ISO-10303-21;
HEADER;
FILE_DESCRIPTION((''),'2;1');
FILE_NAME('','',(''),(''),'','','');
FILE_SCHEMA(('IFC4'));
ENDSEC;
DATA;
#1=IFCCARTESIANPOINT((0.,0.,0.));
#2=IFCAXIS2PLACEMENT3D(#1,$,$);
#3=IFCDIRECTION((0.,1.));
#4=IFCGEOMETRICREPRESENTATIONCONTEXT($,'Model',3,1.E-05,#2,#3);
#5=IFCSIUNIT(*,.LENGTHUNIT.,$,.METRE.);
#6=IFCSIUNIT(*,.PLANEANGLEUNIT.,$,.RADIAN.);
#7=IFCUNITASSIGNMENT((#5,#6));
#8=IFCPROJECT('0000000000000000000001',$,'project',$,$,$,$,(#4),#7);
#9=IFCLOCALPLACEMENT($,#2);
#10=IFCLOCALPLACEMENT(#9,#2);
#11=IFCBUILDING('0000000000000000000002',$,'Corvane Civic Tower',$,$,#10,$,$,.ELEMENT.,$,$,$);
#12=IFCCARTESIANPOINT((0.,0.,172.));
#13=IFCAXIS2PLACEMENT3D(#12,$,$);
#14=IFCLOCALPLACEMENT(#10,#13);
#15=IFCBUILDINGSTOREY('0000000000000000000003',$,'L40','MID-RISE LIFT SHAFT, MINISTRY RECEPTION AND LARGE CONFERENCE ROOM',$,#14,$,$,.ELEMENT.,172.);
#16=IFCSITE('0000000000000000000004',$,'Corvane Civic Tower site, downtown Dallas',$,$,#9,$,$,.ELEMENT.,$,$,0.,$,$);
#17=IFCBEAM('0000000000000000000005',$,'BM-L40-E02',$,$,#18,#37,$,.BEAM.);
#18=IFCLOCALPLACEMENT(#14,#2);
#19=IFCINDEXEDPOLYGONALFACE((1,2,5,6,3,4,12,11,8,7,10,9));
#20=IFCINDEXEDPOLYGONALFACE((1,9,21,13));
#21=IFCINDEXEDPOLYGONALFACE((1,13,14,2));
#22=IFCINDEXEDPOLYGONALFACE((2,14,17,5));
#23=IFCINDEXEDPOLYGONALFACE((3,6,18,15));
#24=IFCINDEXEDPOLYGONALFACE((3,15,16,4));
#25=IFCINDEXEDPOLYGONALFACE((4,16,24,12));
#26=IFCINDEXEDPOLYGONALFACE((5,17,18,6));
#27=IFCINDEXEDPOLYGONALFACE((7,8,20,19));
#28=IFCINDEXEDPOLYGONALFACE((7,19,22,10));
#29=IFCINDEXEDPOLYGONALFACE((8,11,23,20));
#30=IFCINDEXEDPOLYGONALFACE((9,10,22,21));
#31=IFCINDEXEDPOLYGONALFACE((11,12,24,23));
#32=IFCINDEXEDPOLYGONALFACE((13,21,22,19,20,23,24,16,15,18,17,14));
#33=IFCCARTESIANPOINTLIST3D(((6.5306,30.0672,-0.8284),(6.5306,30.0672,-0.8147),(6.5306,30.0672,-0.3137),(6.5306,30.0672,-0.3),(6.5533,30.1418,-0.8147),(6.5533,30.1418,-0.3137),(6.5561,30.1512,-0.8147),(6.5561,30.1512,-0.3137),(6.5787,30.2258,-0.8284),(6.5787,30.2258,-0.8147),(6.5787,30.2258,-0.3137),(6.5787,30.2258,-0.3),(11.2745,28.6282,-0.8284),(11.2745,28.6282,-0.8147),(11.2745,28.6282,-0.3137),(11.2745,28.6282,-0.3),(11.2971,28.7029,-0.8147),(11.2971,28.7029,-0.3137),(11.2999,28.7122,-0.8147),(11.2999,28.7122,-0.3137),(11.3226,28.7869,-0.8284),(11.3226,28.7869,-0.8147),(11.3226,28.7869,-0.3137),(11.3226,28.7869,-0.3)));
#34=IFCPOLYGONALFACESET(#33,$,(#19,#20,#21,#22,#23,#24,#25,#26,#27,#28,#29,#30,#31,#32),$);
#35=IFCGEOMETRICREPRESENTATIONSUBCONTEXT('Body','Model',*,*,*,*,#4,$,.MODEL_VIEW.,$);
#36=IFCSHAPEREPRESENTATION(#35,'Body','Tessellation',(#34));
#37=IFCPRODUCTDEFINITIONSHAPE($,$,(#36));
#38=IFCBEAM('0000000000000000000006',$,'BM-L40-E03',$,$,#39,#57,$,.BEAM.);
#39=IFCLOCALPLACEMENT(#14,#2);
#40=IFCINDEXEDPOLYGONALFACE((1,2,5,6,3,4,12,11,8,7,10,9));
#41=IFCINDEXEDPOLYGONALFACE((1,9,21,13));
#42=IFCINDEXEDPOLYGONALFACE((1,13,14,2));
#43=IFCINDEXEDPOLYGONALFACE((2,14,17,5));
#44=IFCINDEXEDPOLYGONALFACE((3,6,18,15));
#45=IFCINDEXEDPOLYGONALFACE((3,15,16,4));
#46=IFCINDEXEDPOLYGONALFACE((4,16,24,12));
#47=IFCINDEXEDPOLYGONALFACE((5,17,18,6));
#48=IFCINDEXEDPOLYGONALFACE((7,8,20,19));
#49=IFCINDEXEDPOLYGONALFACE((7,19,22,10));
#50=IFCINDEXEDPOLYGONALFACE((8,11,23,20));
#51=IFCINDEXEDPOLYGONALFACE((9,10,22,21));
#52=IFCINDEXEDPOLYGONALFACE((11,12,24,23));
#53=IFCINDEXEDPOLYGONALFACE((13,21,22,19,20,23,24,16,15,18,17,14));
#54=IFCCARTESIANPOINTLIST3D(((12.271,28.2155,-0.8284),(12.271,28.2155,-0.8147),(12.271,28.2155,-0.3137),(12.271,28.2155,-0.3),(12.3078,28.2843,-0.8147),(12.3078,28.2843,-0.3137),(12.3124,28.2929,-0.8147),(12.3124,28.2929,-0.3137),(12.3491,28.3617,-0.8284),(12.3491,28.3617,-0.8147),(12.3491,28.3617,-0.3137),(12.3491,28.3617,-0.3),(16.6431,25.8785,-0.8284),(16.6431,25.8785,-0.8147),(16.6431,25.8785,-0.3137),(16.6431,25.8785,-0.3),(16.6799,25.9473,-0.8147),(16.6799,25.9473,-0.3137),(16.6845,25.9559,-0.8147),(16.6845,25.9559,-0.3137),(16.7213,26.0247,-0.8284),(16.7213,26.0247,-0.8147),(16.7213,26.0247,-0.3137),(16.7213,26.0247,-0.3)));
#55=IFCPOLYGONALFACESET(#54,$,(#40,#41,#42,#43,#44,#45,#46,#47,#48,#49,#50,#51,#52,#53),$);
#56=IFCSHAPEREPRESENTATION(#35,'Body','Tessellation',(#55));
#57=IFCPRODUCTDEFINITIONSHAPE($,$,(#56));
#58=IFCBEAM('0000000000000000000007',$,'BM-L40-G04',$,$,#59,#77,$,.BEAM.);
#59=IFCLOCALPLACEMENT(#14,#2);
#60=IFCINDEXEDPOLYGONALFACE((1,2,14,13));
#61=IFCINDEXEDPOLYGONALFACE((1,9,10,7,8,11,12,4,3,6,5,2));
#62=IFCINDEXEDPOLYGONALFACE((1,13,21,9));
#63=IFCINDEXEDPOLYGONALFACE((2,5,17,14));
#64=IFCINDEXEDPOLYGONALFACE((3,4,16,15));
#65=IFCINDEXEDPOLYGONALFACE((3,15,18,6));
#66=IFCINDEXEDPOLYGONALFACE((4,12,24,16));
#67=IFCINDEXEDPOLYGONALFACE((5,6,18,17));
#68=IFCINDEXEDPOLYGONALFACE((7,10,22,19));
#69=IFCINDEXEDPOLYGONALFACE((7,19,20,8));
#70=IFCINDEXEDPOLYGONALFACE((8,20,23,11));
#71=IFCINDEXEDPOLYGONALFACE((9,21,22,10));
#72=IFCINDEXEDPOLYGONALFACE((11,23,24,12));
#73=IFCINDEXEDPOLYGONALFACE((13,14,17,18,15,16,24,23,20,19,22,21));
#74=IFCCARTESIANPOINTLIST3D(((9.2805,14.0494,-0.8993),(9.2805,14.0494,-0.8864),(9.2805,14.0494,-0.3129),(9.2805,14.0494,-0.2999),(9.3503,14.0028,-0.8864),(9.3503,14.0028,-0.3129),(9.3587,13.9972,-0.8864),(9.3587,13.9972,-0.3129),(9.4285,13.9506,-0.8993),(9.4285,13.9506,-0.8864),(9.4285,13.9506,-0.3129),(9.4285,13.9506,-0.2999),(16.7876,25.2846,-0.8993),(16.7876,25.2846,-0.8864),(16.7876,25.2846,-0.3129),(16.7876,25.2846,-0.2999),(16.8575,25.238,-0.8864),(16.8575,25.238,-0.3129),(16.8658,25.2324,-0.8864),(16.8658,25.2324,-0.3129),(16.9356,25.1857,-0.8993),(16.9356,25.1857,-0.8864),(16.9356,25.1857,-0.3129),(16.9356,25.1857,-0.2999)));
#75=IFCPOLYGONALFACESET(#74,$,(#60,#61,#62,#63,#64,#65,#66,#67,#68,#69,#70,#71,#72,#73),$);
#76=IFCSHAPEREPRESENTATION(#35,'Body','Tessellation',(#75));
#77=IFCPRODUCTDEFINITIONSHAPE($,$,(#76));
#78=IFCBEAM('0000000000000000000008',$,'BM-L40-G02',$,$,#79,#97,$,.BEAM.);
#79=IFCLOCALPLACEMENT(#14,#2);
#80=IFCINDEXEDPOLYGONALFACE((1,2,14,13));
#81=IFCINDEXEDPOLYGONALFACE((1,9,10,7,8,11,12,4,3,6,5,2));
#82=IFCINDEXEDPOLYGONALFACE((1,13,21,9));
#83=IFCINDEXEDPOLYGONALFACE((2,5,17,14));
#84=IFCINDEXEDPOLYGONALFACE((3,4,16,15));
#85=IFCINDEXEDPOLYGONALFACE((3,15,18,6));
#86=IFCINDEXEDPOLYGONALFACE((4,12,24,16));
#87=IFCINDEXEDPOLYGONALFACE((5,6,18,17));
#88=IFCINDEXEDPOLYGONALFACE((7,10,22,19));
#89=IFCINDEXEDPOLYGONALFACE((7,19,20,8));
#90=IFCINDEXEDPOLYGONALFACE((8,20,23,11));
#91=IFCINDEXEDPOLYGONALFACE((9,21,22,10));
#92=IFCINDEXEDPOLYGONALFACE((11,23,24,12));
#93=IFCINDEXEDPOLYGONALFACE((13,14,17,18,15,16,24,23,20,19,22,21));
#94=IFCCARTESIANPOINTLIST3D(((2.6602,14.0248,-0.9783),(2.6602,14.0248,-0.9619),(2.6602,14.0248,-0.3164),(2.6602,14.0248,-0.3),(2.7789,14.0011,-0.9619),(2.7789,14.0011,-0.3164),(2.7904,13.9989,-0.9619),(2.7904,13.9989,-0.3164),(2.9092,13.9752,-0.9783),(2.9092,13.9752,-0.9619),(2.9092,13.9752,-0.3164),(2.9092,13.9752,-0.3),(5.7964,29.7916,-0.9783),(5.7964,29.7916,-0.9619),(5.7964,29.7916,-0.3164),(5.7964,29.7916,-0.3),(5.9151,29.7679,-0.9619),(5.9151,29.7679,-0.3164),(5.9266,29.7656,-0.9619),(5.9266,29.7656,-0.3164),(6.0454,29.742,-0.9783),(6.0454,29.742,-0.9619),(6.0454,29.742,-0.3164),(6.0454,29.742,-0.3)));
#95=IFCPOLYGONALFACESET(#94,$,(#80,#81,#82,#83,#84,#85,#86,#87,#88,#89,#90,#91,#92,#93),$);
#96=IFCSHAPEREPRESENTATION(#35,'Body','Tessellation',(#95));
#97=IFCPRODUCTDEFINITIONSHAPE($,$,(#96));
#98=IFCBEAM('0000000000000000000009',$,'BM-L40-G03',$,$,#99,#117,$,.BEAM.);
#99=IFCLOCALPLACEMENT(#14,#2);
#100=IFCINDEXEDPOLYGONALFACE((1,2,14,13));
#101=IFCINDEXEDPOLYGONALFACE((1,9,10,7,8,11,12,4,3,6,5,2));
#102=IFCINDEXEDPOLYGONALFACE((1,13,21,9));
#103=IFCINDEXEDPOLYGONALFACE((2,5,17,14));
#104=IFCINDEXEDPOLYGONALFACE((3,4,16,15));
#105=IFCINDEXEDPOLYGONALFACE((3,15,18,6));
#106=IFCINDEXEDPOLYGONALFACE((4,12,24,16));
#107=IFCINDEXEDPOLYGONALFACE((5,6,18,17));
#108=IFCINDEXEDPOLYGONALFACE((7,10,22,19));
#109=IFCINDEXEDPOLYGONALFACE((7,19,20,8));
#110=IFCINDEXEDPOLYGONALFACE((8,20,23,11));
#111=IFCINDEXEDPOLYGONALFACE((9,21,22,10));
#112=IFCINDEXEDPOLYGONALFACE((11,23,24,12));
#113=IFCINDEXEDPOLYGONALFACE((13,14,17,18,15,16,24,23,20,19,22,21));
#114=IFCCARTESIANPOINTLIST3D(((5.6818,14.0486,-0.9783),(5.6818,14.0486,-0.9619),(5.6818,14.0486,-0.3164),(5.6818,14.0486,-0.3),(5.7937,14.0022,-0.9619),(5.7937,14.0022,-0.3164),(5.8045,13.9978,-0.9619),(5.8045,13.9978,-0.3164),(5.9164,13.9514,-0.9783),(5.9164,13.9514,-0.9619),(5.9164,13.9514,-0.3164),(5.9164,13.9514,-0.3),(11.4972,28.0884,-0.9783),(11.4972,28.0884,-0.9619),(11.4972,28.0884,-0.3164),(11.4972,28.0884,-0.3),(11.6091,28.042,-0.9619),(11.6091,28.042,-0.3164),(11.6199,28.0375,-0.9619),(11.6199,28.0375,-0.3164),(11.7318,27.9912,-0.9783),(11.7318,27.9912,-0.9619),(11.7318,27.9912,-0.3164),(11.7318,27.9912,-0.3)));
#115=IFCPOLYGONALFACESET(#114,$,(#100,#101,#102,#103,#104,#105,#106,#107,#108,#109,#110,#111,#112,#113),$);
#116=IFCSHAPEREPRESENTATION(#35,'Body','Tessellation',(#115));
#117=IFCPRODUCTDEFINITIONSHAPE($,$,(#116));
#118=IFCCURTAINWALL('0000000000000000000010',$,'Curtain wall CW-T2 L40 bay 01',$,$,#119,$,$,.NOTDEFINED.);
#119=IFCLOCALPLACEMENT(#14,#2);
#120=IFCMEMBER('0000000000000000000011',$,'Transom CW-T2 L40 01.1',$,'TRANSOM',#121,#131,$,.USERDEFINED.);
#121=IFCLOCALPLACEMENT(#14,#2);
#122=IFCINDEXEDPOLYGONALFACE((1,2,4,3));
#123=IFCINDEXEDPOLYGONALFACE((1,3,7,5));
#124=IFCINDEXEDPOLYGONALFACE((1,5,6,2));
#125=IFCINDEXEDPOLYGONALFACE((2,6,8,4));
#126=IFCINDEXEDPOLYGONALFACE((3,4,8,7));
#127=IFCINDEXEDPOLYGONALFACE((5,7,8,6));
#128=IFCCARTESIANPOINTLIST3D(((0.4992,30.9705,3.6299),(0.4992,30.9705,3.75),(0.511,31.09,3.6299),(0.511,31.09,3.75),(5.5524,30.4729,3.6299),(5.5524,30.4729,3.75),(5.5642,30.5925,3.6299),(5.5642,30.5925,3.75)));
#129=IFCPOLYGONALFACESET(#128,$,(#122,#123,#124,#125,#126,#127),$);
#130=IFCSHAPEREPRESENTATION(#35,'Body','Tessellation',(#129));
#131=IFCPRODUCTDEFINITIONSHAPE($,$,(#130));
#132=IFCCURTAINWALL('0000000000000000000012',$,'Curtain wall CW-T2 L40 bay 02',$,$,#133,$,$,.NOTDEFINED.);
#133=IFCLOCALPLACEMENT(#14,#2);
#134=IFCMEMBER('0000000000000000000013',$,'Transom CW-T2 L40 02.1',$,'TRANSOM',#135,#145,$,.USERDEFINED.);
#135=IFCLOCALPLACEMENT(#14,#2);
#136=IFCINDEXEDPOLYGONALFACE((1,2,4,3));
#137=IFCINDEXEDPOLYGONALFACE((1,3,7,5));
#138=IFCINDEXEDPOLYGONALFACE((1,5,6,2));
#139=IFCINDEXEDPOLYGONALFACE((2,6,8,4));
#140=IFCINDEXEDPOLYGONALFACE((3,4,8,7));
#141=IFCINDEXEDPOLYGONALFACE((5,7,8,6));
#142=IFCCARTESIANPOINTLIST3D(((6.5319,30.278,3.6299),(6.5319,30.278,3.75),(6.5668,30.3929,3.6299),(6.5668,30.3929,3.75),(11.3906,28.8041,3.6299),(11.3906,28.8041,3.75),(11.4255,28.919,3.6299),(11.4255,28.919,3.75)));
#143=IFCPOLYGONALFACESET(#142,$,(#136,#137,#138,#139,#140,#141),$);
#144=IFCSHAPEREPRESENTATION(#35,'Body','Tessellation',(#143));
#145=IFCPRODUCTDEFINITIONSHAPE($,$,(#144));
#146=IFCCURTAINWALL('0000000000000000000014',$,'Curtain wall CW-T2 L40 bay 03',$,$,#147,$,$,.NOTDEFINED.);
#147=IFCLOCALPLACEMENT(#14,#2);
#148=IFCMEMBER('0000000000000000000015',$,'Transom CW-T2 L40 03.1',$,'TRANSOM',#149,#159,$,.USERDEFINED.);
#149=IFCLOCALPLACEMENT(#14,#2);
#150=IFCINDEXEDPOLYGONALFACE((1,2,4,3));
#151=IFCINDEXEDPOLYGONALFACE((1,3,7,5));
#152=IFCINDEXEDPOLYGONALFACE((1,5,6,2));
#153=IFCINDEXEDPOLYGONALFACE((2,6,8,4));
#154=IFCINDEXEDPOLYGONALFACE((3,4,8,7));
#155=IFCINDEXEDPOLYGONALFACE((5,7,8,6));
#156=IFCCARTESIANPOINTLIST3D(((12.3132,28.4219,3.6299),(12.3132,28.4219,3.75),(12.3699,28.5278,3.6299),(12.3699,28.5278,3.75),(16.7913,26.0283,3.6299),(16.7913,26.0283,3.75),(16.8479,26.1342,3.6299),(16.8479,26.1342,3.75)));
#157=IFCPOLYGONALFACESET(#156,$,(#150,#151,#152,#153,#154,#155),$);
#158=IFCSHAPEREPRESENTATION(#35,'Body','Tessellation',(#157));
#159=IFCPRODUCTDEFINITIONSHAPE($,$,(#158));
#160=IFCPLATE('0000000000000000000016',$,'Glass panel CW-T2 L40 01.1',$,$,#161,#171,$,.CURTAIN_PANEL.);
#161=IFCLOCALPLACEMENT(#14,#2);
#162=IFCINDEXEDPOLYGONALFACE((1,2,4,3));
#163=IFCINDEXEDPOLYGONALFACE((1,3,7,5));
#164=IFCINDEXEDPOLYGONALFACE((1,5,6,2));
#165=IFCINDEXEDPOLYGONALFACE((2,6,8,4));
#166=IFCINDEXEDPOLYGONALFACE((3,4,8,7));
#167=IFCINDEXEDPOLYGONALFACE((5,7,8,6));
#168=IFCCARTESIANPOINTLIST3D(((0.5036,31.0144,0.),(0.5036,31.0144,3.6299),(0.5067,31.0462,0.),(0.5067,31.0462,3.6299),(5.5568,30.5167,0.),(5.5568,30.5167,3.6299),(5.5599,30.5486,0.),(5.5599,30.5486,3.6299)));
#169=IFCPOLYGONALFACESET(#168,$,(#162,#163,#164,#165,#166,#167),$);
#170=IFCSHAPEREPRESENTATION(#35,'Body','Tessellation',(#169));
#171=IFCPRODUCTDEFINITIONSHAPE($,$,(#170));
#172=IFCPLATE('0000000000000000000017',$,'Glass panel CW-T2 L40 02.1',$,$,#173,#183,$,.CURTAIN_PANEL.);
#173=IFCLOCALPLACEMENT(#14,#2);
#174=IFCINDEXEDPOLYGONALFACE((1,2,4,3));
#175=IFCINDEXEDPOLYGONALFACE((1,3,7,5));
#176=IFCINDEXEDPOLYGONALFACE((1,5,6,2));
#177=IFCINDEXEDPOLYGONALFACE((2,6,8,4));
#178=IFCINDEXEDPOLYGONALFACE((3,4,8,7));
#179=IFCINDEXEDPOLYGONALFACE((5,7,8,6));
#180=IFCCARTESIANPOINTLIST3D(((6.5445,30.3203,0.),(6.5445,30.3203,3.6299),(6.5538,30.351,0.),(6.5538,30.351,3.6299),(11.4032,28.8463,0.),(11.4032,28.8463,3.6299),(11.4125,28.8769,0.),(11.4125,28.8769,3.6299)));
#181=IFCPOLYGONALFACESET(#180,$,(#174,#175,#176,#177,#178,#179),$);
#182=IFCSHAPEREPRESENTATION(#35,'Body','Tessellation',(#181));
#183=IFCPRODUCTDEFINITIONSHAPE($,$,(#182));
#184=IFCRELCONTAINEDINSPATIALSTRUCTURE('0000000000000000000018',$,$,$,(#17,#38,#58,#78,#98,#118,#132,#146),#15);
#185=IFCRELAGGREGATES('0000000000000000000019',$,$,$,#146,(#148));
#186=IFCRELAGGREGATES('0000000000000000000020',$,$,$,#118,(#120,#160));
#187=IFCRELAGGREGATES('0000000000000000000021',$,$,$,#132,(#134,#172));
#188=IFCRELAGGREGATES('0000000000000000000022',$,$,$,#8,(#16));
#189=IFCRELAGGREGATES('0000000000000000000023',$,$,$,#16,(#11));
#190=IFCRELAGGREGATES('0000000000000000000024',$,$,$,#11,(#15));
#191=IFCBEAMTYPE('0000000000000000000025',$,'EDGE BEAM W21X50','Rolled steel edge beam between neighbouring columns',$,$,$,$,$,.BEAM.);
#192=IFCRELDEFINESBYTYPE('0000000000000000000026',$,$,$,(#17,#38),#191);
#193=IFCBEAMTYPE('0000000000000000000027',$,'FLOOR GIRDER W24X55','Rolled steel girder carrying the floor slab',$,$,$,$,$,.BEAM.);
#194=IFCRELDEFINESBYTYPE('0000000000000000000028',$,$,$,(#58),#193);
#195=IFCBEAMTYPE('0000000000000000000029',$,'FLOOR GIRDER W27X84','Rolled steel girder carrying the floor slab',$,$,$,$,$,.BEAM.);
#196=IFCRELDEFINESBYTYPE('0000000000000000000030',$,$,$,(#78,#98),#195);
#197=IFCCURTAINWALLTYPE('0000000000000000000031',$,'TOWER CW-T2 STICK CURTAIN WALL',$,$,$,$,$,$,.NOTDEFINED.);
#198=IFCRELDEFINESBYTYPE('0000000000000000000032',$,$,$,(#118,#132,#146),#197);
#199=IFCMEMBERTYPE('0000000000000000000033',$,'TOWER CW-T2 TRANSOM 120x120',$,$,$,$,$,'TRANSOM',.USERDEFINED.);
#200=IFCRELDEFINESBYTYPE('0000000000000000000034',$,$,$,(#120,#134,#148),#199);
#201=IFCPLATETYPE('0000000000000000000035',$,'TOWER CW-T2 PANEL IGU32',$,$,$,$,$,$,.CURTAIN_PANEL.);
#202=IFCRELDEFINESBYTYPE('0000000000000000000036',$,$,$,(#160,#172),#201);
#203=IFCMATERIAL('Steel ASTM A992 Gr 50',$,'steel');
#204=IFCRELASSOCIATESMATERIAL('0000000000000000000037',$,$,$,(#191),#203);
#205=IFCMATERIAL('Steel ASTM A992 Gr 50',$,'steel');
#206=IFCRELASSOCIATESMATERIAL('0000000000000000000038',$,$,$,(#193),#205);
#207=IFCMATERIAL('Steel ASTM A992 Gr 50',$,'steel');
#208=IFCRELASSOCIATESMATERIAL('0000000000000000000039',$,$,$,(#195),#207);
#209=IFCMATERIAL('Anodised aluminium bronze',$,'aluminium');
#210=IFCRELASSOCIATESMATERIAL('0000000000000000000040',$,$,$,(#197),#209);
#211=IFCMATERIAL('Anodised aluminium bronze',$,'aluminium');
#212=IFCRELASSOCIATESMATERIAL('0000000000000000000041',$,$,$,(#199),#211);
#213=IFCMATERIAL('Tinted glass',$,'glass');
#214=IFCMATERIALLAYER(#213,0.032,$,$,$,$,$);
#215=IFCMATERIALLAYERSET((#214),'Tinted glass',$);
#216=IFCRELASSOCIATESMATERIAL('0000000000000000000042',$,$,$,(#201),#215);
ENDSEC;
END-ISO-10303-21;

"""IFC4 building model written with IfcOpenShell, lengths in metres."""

from ifc_helpers import new_model, si_unit, direction, frame, origin, origin_2d, place, context, subcontext, project, spatial, rectangle, i_section, extrude, material, layer, layer_set, material_profile, profile_set, type_object, element, aggregate, save


model = new_model("IFC4")

# Units and contexts
model_context = context("Model", 3, precision=1e-05, world=origin(), true_north=direction((0.0, 1.0)))
body_context = subcontext(model_context, "Body", "Model", "MODEL_VIEW")
ifc_project = project(units=[si_unit("LENGTHUNIT", "METRE"), si_unit("PLANEANGLEUNIT", "RADIAN")], contexts=[model_context])

# Site, building, storey
site_placement = place(None, origin())
site = spatial("IfcSite", under=ifc_project, at=site_placement, Name="Corvane Civic Tower site, downtown Dallas", CompositionType="ELEMENT", RefElevation=0.0)
building_placement = place(site_placement, origin())
building = spatial("IfcBuilding", under=site, at=building_placement, Name="Corvane Civic Tower", CompositionType="ELEMENT")
storey_placement = place(building_placement, frame((0.0, 0.0, 172.0)))
storey = spatial("IfcBuildingStorey", under=building, at=storey_placement, Name="L40", Description="MID-RISE LIFT SHAFT, MINISTRY RECEPTION AND LARGE CONFERENCE ROOM", CompositionType="ELEMENT", Elevation=172.0)

# Beams
ifc_material_1 = material(Name="Steel ASTM A992 Gr 50", Category="steel")
ifc_material_profile_1 = material_profile(ifc_material_1, i_section(OverallWidth=0.1658, OverallDepth=0.5283, WebThickness=0.0098, FlangeThickness=0.0137, at=origin_2d()), Name="W21X50")
ifc_profile_set_1 = profile_set([ifc_material_profile_1], Name="Steel ASTM A992 Gr 50")
beam_type_1 = type_object("IfcBeamType", Name="EDGE BEAM W21X50", Description="Rolled steel edge beam between neighbouring columns", PredefinedType="BEAM", material=ifc_profile_set_1)
beam_1_placement = place(storey_placement, frame((6.5547, 30.1465, -0.5642), z_axis=(0.956945, -0.29027, 0.0), x_axis=(0.29027, 0.956945, 0.0)))
element("IfcBeam", 1, at=beam_1_placement, inside=storey, type_object=beam_type_1, Name="BM-L40-E02", PredefinedType="BEAM", context=body_context, shape_type="SweptSolid", body=[
    extrude(i_section(OverallWidth=0.1658, OverallDepth=0.5283, WebThickness=0.0098, FlangeThickness=0.0137, at=origin_2d()), origin(), (0.0, 0.0, 1.0), 4.9573),
])
beam_2_placement = place(storey_placement, frame((12.3101, 28.2886, -0.5642), z_axis=(0.881922, -0.471396, 0.0), x_axis=(0.471396, 0.881922, 0.0)))
element("IfcBeam", 2, at=beam_2_placement, inside=storey, type_object=beam_type_1, Name="BM-L40-E03", PredefinedType="BEAM", context=body_context, shape_type="SweptSolid", body=[
    extrude(i_section(OverallWidth=0.1658, OverallDepth=0.5283, WebThickness=0.0098, FlangeThickness=0.0137, at=origin_2d()), origin(), (0.0, 0.0, 1.0), 4.9575),
])
ifc_material_2 = material(Name="Steel ASTM A992 Gr 50", Category="steel")
ifc_material_profile_2 = material_profile(ifc_material_2, i_section(OverallWidth=0.178, OverallDepth=0.5994, WebThickness=0.01, FlangeThickness=0.0129, at=origin_2d()), Name="W24X55")
ifc_profile_set_2 = profile_set([ifc_material_profile_2], Name="Steel ASTM A992 Gr 50")
beam_type_2 = type_object("IfcBeamType", Name="FLOOR GIRDER W24X55", Description="Rolled steel girder carrying the floor slab", PredefinedType="BEAM", material=ifc_profile_set_2)
beam_3_placement = place(storey_placement, frame((9.3545, 14.0, -0.5996), z_axis=(0.555571, 0.831469, 0.0), x_axis=(-0.831469, 0.555571, 0.0)))
element("IfcBeam", 3, at=beam_3_placement, inside=storey, type_object=beam_type_2, Name="BM-L40-G04", PredefinedType="BEAM", context=body_context, shape_type="SweptSolid", body=[
    extrude(i_section(OverallWidth=0.178, OverallDepth=0.5994, WebThickness=0.01, FlangeThickness=0.0129, at=origin_2d()), origin(), (0.0, 0.0, 1.0), 13.5125),
])
ifc_material_3 = material(Name="Steel ASTM A992 Gr 50", Category="steel")
ifc_material_profile_3 = material_profile(ifc_material_3, i_section(OverallWidth=0.2539, OverallDepth=0.6782, WebThickness=0.0117, FlangeThickness=0.0164, at=origin_2d()), Name="W27X84")
ifc_profile_set_3 = profile_set([ifc_material_profile_3], Name="Steel ASTM A992 Gr 50")
beam_type_3 = type_object("IfcBeamType", Name="FLOOR GIRDER W27X84", Description="Rolled steel girder carrying the floor slab", PredefinedType="BEAM", material=ifc_profile_set_3)
beam_4_placement = place(storey_placement, frame((2.7847, 14.0, -0.6392), z_axis=(0.195091, 0.980785, 0.0), x_axis=(-0.980785, 0.195091, 0.0)))
element("IfcBeam", 4, at=beam_4_placement, inside=storey, type_object=beam_type_3, Name="BM-L40-G02", PredefinedType="BEAM", context=body_context, shape_type="SweptSolid", body=[
    extrude(i_section(OverallWidth=0.2539, OverallDepth=0.6782, WebThickness=0.0117, FlangeThickness=0.0164, at=origin_2d()), origin(), (0.0, 0.0, 1.0), 16.0757),
])
beam_5_placement = place(storey_placement, frame((5.7991, 14.0, -0.6392), z_axis=(0.382681, 0.923881, 0.0), x_axis=(-0.923881, 0.382681, 0.0)))
element("IfcBeam", 5, at=beam_5_placement, inside=storey, type_object=beam_type_3, Name="BM-L40-G03", PredefinedType="BEAM", context=body_context, shape_type="SweptSolid", body=[
    extrude(i_section(OverallWidth=0.2539, OverallDepth=0.6782, WebThickness=0.0117, FlangeThickness=0.0164, at=origin_2d()), origin(), (0.0, 0.0, 1.0), 15.1965),
])

# Curtain walls, members
ifc_material_4 = material(Name="Anodised aluminium bronze", Category="aluminium")
curtain_wall_type = type_object("IfcCurtainWallType", Name="TOWER CW-T2 STICK CURTAIN WALL", PredefinedType="NOTDEFINED", material=ifc_material_4)
curtain_wall_1_placement = place(storey_placement, origin())
curtain_wall_1 = element("IfcCurtainWall", 6, at=curtain_wall_1_placement, inside=storey, type_object=curtain_wall_type, Name="Curtain wall CW-T2 L40 bay 01", PredefinedType="NOTDEFINED")
ifc_material_5 = material(Name="Anodised aluminium bronze", Category="aluminium")
ifc_material_profile_4 = material_profile(ifc_material_5, rectangle(XDim=0.1201, YDim=0.1201, at=origin_2d()), Name="TOWER CW-T2 TRANSOM 120x120")
ifc_profile_set_4 = profile_set([ifc_material_profile_4], Name="Anodised aluminium bronze")
member_type = type_object("IfcMemberType", Name="TOWER CW-T2 TRANSOM 120x120", ElementType="TRANSOM", PredefinedType="USERDEFINED", material=ifc_profile_set_4)
member_1_placement = place(storey_placement, frame((0.5051, 31.0303, 3.6899), z_axis=(0.995187, -0.09799, 0.0), x_axis=(0.09799, 0.995187, 0.0)))
member_1 = element("IfcMember", 7, at=member_1_placement, type_object=member_type, Name="Transom CW-T2 L40 01.1", ObjectType="TRANSOM", PredefinedType="USERDEFINED", context=body_context, shape_type="SweptSolid", body=[
    extrude(rectangle(XDim=0.1201, YDim=0.1201, at=origin_2d()), origin(), (0.0, 0.0, 1.0), 5.0776),
])
curtain_wall_2_placement = place(storey_placement, origin())
curtain_wall_2 = element("IfcCurtainWall", 8, at=curtain_wall_2_placement, inside=storey, type_object=curtain_wall_type, Name="Curtain wall CW-T2 L40 bay 02", PredefinedType="NOTDEFINED")
member_2_placement = place(storey_placement, frame((6.5493, 30.3354, 3.6899), z_axis=(0.956939, -0.290289, 0.0), x_axis=(0.290289, 0.956939, 0.0)))
member_2 = element("IfcMember", 9, at=member_2_placement, type_object=member_type, Name="Transom CW-T2 L40 02.1", ObjectType="TRANSOM", PredefinedType="USERDEFINED", context=body_context, shape_type="SweptSolid", body=[
    extrude(rectangle(XDim=0.1201, YDim=0.1201, at=origin_2d()), origin(), (0.0, 0.0, 1.0), 5.0774),
])
curtain_wall_3_placement = place(storey_placement, origin())
curtain_wall_3 = element("IfcCurtainWall", 10, at=curtain_wall_3_placement, inside=storey, type_object=curtain_wall_type, Name="Curtain wall CW-T2 L40 bay 03", PredefinedType="NOTDEFINED")
member_3_placement = place(storey_placement, frame((12.3416, 28.4749, 3.6899), z_axis=(0.881921, -0.471397, 0.0), x_axis=(0.471397, 0.881921, 0.0)))
member_3 = element("IfcMember", 11, at=member_3_placement, type_object=member_type, Name="Transom CW-T2 L40 03.1", ObjectType="TRANSOM", PredefinedType="USERDEFINED", context=body_context, shape_type="SweptSolid", body=[
    extrude(rectangle(XDim=0.1201, YDim=0.1201, at=origin_2d()), origin(), (0.0, 0.0, 1.0), 5.0776),
])
aggregate(curtain_wall_3, [member_3])

# Plates
ifc_material_6 = material(Name="Tinted glass", Category="glass")
ifc_layer_1 = layer(ifc_material_6, 0.032)
ifc_layer_set_1 = layer_set([ifc_layer_1], Name="Tinted glass")
plate_type = type_object("IfcPlateType", Name="TOWER CW-T2 PANEL IGU32", PredefinedType="CURTAIN_PANEL", material=ifc_layer_set_1)
plate_1_placement = place(storey_placement, frame((3.0317, 30.7815, 0.0), z_axis=(0.0, 0.0, 1.0), x_axis=(0.995185, -0.098012, 0.0)))
plate_1 = element("IfcPlate", 12, at=plate_1_placement, type_object=plate_type, Name="Glass panel CW-T2 L40 01.1", PredefinedType="CURTAIN_PANEL", context=body_context, shape_type="SweptSolid", body=[
    extrude(rectangle(XDim=5.0776, YDim=0.032, at=origin_2d()), origin(), (0.0, 0.0, 1.0), 3.6299),
])
aggregate(curtain_wall_1, [member_1, plate_1])
plate_2_placement = place(storey_placement, frame((8.9785, 29.5986, 0.0), z_axis=(0.0, 0.0, 1.0), x_axis=(0.956932, -0.290313, 0.0)))
plate_2 = element("IfcPlate", 13, at=plate_2_placement, type_object=plate_type, Name="Glass panel CW-T2 L40 02.1", PredefinedType="CURTAIN_PANEL", context=body_context, shape_type="SweptSolid", body=[
    extrude(rectangle(XDim=5.0774, YDim=0.032, at=origin_2d()), origin(), (0.0, 0.0, 1.0), 3.6299),
])
aggregate(curtain_wall_2, [member_2, plate_2])

save(model, "model.ifc")
